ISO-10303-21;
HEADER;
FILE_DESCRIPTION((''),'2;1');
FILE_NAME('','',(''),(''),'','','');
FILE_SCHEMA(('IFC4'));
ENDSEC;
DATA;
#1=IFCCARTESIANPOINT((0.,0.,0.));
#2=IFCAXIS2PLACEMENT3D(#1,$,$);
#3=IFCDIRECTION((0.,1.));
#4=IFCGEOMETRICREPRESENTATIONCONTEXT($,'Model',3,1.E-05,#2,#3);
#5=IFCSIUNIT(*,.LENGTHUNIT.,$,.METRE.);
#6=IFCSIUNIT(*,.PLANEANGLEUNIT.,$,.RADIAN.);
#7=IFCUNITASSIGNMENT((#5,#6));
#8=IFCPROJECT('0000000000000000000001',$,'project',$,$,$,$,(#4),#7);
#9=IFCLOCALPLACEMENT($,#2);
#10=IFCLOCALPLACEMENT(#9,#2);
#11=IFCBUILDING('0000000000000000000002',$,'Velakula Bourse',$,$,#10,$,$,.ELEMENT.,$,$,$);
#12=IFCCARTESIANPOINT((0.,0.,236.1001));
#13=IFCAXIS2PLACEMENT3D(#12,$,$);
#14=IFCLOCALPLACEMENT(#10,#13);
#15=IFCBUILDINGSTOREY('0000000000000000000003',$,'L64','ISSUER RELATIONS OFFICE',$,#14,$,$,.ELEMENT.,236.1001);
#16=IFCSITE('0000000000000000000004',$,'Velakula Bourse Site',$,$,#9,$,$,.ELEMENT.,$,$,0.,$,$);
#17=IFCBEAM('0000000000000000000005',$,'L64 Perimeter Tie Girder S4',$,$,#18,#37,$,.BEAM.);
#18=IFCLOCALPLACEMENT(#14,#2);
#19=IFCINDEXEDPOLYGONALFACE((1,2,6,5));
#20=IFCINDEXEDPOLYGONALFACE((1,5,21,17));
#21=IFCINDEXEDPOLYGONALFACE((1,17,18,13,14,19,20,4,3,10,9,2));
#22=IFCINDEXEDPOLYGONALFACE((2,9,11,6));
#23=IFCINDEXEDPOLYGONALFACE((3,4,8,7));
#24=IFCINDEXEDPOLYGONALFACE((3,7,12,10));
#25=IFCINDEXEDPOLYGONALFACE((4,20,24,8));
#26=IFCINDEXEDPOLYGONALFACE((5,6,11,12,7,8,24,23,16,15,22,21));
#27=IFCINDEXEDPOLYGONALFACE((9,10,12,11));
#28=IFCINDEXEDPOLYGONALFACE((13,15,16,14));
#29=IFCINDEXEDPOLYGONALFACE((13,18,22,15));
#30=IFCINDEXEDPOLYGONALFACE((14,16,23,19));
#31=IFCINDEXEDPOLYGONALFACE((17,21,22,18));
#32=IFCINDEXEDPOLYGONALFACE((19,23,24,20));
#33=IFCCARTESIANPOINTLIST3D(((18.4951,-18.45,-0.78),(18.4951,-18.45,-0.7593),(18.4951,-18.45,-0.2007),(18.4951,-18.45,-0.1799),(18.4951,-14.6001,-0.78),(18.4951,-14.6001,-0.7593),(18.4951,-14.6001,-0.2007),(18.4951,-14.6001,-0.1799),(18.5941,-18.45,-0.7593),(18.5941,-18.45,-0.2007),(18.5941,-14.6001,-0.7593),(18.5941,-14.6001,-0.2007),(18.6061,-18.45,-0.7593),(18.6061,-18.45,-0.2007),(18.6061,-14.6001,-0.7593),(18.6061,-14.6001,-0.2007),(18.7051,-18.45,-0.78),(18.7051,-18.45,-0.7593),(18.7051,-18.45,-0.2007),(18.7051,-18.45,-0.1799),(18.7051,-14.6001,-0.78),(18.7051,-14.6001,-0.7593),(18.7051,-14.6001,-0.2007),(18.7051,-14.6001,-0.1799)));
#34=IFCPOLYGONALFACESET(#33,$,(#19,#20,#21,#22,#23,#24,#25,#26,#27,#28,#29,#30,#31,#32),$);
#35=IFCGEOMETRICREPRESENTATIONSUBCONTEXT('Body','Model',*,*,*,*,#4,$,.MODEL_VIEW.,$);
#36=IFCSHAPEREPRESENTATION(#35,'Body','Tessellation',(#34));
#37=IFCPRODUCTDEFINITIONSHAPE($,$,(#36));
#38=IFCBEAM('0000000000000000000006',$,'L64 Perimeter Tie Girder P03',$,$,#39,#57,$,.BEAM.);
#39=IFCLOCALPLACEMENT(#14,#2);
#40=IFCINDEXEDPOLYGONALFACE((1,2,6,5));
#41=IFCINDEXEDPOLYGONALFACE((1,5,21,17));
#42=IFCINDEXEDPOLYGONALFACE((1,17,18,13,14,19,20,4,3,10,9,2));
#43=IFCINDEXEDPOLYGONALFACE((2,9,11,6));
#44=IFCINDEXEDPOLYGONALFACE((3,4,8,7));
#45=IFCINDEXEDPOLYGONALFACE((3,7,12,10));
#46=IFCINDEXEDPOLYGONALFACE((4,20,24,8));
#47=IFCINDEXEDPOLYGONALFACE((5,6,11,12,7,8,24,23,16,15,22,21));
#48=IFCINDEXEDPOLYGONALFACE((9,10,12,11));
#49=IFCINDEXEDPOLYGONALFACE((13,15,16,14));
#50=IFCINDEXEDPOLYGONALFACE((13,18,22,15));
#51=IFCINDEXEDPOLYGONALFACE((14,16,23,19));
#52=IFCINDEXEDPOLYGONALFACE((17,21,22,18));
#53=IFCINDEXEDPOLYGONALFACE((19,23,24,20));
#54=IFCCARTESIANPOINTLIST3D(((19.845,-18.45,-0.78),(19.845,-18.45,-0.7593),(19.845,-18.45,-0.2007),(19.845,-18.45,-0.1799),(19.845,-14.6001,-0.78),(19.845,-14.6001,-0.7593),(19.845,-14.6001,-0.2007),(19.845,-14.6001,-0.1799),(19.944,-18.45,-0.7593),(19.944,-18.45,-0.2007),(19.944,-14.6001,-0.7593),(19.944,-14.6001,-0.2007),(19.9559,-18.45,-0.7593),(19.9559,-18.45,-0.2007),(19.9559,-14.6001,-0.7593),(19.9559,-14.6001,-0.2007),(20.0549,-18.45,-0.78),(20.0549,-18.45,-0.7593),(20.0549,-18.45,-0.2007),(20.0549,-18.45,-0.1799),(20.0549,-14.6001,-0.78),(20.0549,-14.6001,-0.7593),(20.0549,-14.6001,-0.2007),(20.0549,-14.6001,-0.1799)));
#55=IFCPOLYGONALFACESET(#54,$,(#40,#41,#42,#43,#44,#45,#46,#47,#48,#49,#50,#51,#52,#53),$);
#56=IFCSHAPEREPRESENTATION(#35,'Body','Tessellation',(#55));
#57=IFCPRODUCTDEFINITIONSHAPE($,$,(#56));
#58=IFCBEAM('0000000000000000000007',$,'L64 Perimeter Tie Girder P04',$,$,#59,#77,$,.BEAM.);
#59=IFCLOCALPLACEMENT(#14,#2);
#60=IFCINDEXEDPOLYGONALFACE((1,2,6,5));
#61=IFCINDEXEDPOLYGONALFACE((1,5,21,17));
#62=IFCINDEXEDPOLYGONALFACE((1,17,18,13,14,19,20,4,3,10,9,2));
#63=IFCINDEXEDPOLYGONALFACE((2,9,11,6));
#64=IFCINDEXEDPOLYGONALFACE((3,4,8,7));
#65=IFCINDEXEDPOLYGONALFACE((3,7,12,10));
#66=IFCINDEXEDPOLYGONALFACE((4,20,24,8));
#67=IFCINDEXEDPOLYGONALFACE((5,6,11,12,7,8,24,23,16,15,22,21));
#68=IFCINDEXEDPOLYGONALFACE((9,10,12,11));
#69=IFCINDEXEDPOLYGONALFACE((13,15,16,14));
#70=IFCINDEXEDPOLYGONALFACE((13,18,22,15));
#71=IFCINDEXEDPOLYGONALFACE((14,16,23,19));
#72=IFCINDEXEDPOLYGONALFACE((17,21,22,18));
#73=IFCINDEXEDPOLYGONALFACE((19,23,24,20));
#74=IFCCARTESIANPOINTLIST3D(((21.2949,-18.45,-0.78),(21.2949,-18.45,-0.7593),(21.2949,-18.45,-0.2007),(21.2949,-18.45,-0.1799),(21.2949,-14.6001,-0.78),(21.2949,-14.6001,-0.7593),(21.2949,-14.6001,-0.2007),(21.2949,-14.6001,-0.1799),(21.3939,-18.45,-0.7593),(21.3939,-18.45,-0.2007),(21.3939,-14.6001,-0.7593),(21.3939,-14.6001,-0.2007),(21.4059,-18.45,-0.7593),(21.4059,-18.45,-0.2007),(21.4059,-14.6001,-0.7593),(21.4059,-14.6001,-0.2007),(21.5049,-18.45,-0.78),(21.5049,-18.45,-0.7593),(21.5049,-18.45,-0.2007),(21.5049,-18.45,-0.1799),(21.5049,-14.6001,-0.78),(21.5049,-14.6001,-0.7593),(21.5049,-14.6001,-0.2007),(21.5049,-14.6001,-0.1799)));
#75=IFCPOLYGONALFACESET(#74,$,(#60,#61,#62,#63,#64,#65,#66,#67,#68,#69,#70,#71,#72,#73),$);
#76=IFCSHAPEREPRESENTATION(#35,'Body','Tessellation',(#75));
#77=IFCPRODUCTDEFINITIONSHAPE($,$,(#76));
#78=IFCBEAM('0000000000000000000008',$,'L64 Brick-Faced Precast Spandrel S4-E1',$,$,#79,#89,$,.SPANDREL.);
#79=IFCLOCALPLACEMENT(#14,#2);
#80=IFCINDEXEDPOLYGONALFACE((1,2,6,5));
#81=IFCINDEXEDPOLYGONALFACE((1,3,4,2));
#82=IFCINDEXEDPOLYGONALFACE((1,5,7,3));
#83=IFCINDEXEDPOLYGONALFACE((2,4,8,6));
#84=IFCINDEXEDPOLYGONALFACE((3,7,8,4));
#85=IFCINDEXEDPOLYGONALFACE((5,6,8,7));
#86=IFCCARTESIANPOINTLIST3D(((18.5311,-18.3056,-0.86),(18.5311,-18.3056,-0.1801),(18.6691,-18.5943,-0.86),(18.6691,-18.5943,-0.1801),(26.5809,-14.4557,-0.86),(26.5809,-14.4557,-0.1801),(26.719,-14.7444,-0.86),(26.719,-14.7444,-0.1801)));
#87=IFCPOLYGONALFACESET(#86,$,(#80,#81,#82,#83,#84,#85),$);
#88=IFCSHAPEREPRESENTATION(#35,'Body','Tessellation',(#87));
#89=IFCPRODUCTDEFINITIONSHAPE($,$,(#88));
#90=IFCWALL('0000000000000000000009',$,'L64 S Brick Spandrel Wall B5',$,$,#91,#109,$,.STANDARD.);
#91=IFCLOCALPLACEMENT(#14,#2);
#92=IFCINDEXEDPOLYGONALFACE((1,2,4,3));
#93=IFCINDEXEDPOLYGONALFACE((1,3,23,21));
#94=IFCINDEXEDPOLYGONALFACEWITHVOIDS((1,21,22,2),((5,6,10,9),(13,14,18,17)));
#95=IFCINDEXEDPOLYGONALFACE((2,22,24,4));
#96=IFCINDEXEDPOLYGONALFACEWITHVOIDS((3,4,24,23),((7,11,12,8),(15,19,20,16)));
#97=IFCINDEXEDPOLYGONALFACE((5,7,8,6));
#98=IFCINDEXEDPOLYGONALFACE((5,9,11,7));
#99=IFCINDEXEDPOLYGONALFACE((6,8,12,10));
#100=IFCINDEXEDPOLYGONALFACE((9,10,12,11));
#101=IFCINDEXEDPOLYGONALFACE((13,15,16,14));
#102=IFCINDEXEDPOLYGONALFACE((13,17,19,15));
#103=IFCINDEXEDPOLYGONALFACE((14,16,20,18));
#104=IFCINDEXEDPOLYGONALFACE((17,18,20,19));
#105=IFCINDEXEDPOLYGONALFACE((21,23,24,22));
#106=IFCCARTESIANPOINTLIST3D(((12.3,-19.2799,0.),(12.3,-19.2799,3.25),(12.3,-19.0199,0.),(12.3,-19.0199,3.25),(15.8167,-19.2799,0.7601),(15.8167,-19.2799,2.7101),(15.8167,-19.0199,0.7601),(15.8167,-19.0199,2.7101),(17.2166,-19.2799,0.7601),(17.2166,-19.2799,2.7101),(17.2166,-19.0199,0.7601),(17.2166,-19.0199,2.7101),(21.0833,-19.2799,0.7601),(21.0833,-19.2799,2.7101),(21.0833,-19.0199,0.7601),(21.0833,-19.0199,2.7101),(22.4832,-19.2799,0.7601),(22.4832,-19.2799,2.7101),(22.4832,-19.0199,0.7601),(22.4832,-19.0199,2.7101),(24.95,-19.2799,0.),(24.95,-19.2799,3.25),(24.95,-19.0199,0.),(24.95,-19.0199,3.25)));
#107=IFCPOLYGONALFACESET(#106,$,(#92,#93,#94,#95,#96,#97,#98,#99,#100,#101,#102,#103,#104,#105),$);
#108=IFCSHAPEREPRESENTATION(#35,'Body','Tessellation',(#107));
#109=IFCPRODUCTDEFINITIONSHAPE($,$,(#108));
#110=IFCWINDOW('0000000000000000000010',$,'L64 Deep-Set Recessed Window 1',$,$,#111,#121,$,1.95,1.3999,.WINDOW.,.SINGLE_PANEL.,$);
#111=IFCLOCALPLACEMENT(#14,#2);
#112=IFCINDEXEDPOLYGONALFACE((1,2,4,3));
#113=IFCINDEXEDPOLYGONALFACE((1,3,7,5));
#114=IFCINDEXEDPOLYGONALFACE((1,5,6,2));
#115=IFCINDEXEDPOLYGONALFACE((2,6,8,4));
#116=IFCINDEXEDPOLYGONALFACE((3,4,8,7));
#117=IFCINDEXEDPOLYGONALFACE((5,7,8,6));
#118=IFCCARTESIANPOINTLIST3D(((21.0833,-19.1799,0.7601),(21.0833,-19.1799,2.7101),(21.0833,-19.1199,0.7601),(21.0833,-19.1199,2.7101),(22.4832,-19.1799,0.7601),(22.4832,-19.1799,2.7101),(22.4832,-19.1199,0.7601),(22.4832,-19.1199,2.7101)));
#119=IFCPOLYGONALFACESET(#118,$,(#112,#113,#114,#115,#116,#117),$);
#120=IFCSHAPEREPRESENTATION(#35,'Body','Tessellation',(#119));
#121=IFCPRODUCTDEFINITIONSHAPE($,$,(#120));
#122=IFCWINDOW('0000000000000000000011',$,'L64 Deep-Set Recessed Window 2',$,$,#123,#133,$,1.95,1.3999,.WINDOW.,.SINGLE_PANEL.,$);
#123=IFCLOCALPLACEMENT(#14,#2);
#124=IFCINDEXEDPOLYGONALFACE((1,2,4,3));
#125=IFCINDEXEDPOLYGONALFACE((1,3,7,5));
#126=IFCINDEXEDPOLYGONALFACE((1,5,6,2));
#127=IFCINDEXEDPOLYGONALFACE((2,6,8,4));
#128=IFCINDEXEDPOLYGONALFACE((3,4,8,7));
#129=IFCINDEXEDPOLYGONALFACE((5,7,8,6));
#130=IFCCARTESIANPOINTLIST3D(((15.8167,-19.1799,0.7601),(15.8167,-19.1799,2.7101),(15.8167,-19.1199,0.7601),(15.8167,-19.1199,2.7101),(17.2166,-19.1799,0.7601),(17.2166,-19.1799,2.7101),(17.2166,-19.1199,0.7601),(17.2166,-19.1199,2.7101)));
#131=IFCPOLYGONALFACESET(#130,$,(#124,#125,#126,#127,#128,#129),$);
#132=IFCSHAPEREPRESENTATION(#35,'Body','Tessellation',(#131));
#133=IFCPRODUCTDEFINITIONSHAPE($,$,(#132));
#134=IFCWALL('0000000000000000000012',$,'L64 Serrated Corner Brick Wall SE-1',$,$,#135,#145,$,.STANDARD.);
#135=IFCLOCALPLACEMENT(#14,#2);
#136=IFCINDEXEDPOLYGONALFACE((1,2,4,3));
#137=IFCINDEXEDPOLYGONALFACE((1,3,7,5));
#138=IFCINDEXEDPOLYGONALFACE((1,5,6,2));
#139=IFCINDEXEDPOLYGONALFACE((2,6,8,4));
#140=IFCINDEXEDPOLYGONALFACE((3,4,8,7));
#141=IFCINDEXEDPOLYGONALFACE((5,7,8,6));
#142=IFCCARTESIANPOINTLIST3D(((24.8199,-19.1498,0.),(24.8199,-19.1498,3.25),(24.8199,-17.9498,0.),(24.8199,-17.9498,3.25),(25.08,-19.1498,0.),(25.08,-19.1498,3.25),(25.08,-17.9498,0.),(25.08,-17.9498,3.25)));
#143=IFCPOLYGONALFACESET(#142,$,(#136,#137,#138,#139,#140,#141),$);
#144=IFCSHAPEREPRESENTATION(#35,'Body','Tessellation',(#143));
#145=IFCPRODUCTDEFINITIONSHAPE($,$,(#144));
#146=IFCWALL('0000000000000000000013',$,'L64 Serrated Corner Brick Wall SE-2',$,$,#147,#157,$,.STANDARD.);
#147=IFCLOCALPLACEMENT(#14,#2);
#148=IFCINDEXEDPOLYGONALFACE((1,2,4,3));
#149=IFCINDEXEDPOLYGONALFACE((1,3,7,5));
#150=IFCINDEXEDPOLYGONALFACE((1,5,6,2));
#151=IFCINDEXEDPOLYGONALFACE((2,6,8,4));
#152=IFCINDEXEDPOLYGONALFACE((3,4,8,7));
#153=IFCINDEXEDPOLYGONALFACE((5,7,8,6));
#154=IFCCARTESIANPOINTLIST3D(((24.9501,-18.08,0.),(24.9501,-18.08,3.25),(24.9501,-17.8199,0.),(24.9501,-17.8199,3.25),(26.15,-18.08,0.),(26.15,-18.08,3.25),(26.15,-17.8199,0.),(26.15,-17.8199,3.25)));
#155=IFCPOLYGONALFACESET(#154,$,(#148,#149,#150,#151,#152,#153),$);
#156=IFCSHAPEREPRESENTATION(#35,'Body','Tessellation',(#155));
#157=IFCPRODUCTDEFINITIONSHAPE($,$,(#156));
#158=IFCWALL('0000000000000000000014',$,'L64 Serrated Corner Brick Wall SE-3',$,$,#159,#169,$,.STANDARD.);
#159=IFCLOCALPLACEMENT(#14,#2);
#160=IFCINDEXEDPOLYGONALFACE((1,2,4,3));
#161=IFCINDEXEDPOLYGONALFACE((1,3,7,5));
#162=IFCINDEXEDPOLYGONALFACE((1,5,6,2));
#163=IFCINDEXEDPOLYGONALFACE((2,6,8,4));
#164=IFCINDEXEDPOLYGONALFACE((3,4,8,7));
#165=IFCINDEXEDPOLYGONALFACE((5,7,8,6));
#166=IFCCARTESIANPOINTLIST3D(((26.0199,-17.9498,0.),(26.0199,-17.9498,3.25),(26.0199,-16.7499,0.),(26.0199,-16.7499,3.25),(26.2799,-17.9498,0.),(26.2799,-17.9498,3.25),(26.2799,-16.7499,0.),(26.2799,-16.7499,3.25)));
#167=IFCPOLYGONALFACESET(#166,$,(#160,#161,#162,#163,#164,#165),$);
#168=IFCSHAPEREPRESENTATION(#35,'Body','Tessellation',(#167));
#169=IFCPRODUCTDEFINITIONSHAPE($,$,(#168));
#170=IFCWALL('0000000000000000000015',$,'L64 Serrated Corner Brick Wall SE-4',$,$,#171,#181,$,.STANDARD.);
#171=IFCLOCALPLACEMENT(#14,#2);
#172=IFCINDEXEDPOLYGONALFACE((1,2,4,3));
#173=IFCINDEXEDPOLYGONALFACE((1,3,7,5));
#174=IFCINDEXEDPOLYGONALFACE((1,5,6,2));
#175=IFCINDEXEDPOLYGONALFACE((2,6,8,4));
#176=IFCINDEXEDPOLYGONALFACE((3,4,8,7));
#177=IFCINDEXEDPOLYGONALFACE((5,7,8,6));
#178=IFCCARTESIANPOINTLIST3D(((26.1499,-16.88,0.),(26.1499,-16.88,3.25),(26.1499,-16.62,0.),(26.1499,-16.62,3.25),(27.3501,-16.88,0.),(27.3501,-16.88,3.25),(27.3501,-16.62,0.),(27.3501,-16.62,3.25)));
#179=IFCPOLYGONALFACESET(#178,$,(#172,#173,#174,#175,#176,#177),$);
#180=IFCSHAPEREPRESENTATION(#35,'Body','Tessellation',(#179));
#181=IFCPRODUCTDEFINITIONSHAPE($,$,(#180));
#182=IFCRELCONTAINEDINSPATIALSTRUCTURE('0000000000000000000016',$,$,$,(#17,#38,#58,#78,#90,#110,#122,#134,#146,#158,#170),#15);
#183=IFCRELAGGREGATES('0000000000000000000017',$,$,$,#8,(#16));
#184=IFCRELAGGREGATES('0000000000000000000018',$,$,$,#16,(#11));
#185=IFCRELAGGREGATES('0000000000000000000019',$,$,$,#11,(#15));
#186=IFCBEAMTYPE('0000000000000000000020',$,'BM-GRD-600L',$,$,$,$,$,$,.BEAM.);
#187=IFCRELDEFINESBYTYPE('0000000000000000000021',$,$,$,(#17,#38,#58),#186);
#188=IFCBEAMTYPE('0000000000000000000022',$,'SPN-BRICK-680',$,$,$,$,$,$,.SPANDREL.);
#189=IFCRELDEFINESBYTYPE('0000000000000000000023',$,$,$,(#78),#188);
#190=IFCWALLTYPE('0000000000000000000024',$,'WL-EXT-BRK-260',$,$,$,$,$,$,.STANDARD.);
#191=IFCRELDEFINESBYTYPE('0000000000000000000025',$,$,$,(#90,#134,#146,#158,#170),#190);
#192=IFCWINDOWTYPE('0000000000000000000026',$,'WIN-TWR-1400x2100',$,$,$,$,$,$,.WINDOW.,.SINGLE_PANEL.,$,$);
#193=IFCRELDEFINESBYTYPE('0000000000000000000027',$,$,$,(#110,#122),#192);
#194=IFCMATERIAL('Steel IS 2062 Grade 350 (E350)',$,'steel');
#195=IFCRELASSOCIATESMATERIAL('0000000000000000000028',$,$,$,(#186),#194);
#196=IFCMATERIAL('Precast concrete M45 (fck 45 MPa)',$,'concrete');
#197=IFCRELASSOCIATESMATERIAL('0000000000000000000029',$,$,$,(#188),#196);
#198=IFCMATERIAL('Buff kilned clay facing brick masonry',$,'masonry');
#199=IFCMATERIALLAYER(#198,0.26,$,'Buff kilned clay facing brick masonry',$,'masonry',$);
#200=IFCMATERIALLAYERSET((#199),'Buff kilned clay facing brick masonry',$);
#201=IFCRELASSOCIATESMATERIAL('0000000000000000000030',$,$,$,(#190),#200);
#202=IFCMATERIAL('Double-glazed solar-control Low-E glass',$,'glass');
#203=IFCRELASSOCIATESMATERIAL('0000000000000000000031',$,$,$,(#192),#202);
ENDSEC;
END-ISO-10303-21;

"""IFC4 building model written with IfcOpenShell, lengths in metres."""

from ifc_helpers import new_model, si_unit, direction, frame, frame_2d, origin, origin_2d, place, context, subcontext, project, spatial, rectangle, i_section, extrude, material, layer, layer_set, material_profile, profile_set, type_object, element, fill, save


model = new_model("IFC4")

# Units and contexts
model_context = context("Model", 3, precision=1e-05, world=origin(), true_north=direction((0.0, 1.0)))
body_context = subcontext(model_context, "Body", "Model", "MODEL_VIEW")
ifc_project = project(units=[si_unit("LENGTHUNIT", "METRE"), si_unit("PLANEANGLEUNIT", "RADIAN")], contexts=[model_context])

# Site, building, storey
site_placement = place(None, origin())
site = spatial("IfcSite", under=ifc_project, at=site_placement, Name="Velakula Bourse Site", CompositionType="ELEMENT", RefElevation=0.0)
building_placement = place(site_placement, origin())
building = spatial("IfcBuilding", under=site, at=building_placement, Name="Velakula Bourse", CompositionType="ELEMENT")
storey_placement = place(building_placement, frame((0.0, 0.0, 236.1001)))
storey = spatial("IfcBuildingStorey", under=building, at=storey_placement, Name="L64", Description="ISSUER RELATIONS OFFICE", CompositionType="ELEMENT", Elevation=236.1001)

# Shared definitions
ifc_material_1 = material(Name="Steel IS 2062 Grade 350 (E350)", Category="steel")
ifc_material_2 = material(Name="Precast concrete M45 (fck 45 MPa)", Category="concrete")

# Beams
ifc_material_profile_1 = material_profile(ifc_material_1, i_section(OverallWidth=0.21, OverallDepth=0.6001, WebThickness=0.012, FlangeThickness=0.0208, at=origin_2d()), Name="Steel IS 2062 Grade 350 (E350)")
ifc_profile_set_1 = profile_set([ifc_material_profile_1], Name="Steel IS 2062 Grade 350 (E350)")
beam_type_1 = type_object("IfcBeamType", Name="BM-GRD-600L", PredefinedType="BEAM", material=ifc_profile_set_1)
for number, where, z_axis, x_axis, name in (
    (1, (18.6001, -14.6001, -0.48), (0.0, -1.0, 0.0), (1.0, 0.0, 0.0), "L64 Perimeter Tie Girder S4"),
    (2, (19.95, -14.6001, -0.48), (0.0, -1.0, 0.0), (1.0, 0.0, 0.0), "L64 Perimeter Tie Girder P03"),
    (3, (21.3999, -14.6001, -0.48), (0.0, -1.0, 0.0), (1.0, 0.0, 0.0), "L64 Perimeter Tie Girder P04"),
):
    element("IfcBeam", number, at=place(storey_placement, frame(where, z_axis=z_axis, x_axis=x_axis)), inside=storey, type_object=beam_type_1, Name=name, PredefinedType="BEAM", context=body_context, shape_type="SweptSolid", body=[
        extrude(i_section(OverallWidth=0.21, OverallDepth=0.6001, WebThickness=0.012, FlangeThickness=0.0208, at=origin_2d()), origin(), (0.0, 0.0, 1.0), 3.8499),
    ])
ifc_material_profile_2 = material_profile(ifc_material_2, rectangle(XDim=0.3201, YDim=0.6799, at=origin_2d()), Name="Precast concrete M45 (fck 45 MPa)")
ifc_profile_set_2 = profile_set([ifc_material_profile_2], Name="Precast concrete M45 (fck 45 MPa)")
beam_type_2 = type_object("IfcBeamType", Name="SPN-BRICK-680", PredefinedType="SPANDREL", material=ifc_profile_set_2)
beam_1_placement = place(storey_placement, frame((18.6001, -18.45, -0.52), z_axis=(0.902137, 0.431451, 0.0), x_axis=(-0.431451, 0.902137, 0.0)))
element("IfcBeam", 4, at=beam_1_placement, inside=storey, type_object=beam_type_2, Name="L64 Brick-Faced Precast Spandrel S4-E1", PredefinedType="SPANDREL", context=body_context, shape_type="SweptSolid", body=[
    extrude(rectangle(XDim=0.3201, YDim=0.6799, at=origin_2d()), origin(), (0.0, 0.0, 1.0), 8.9231),
])

# Wall, openings, windows
ifc_material_3 = material(Name="Buff kilned clay facing brick masonry", Category="masonry")
ifc_layer_1 = layer(ifc_material_3, 0.26, Name="Buff kilned clay facing brick masonry", Category="masonry")
ifc_layer_set_1 = layer_set([ifc_layer_1], Name="Buff kilned clay facing brick masonry")
wall_type_1 = type_object("IfcWallType", Name="WL-EXT-BRK-260", PredefinedType="STANDARD", material=ifc_layer_set_1)
wall_1_placement = place(storey_placement, frame((24.95, -19.1499, 0.0), z_axis=(0.0, 0.0, 1.0), x_axis=(-1.0, 0.0, 0.0)))
wall_1 = element("IfcWall", 5, at=wall_1_placement, inside=storey, type_object=wall_type_1, Name="L64 S Brick Spandrel Wall B5", PredefinedType="STANDARD", context=body_context, shape_type="SweptSolid", body=[
    extrude(rectangle(XDim=12.6499, YDim=0.26, at=frame_2d((6.325, 0.0))), origin(), (0.0, 0.0, 1.0), 3.25),
])
opening_1_placement = place(wall_1_placement, frame((2.4668, 0.0, 0.76)))
opening_1 = element("IfcOpeningElement", 6, at=opening_1_placement, cuts=wall_1, PredefinedType="OPENING", context=body_context, shape_type="SweptSolid", body=[
    extrude(rectangle(XDim=1.3999, YDim=1.95, at=frame_2d((0.7, 0.9751))), frame((0.0, 0.1399, 0.0), z_axis=(0.0, -1.0, 0.0), x_axis=(1.0, 0.0, 0.0)), (0.0, 0.0, 1.0), 0.28),
])
opening_2_placement = place(wall_1_placement, frame((7.7334, 0.0, 0.76)))
opening_2 = element("IfcOpeningElement", 7, at=opening_2_placement, cuts=wall_1, PredefinedType="OPENING", context=body_context, shape_type="SweptSolid", body=[
    extrude(rectangle(XDim=1.3999, YDim=1.95, at=frame_2d((0.7, 0.9751))), frame((0.0, 0.1399, 0.0), z_axis=(0.0, -1.0, 0.0), x_axis=(1.0, 0.0, 0.0)), (0.0, 0.0, 1.0), 0.28),
])
ifc_material_4 = material(Name="Double-glazed solar-control Low-E glass", Category="glass")
window_type = type_object("IfcWindowType", Name="WIN-TWR-1400x2100", PartitioningType="SINGLE_PANEL", PredefinedType="WINDOW", material=ifc_material_4)
window_1_placement = place(opening_1_placement, origin())
window_1 = element("IfcWindow", 8, at=window_1_placement, inside=storey, type_object=window_type, Name="L64 Deep-Set Recessed Window 1", OverallHeight=1.95, OverallWidth=1.3999, PartitioningType="SINGLE_PANEL", PredefinedType="WINDOW", context=body_context, shape_type="SweptSolid", body=[
    extrude(rectangle(XDim=1.3999, YDim=1.95, at=frame_2d((0.7, 0.9751))), frame((0.0, 0.03, 0.0), z_axis=(0.0, -1.0, 0.0), x_axis=(1.0, 0.0, 0.0)), (0.0, 0.0, 1.0), 0.0601),
])
fill(opening_1, window_1)
window_2_placement = place(opening_2_placement, origin())
window_2 = element("IfcWindow", 9, at=window_2_placement, inside=storey, type_object=window_type, Name="L64 Deep-Set Recessed Window 2", OverallHeight=1.95, OverallWidth=1.3999, PartitioningType="SINGLE_PANEL", PredefinedType="WINDOW", context=body_context, shape_type="SweptSolid", body=[
    extrude(rectangle(XDim=1.3999, YDim=1.95, at=frame_2d((0.7, 0.9751))), frame((0.0, 0.03, 0.0), z_axis=(0.0, -1.0, 0.0), x_axis=(1.0, 0.0, 0.0)), (0.0, 0.0, 1.0), 0.0601),
])
fill(opening_2, window_2)

# Walls
for number, where, z_axis, x_axis, name in (
    (10, (24.95, -19.1499, 0.0), (0.0, 0.0, 1.0), (0.0, 1.0, 0.0), "L64 Serrated Corner Brick Wall SE-1"),
    (11, (24.95, -17.95, 0.0), (0.0, 0.0, 1.0), (1.0, 0.0, 0.0), "L64 Serrated Corner Brick Wall SE-2"),
    (12, (26.1499, -17.95, 0.0), (0.0, 0.0, 1.0), (0.0, 1.0, 0.0), "L64 Serrated Corner Brick Wall SE-3"),
):
    element("IfcWall", number, at=place(storey_placement, frame(where, z_axis=z_axis, x_axis=x_axis)), inside=storey, type_object=wall_type_1, Name=name, PredefinedType="STANDARD", context=body_context, shape_type="SweptSolid", body=[
        extrude(rectangle(XDim=1.2, YDim=0.26, at=frame_2d((0.6001, 0.0))), origin(), (0.0, 0.0, 1.0), 3.25),
    ])
wall_2_placement = place(storey_placement, frame((26.1499, -16.75, 0.0), z_axis=(0.0, 0.0, 1.0), x_axis=(1.0, 0.0, 0.0)))
element("IfcWall", 13, at=wall_2_placement, inside=storey, type_object=wall_type_1, Name="L64 Serrated Corner Brick Wall SE-4", PredefinedType="STANDARD", context=body_context, shape_type="SweptSolid", body=[
    extrude(rectangle(XDim=1.2002, YDim=0.26, at=frame_2d((0.6001, 0.0))), origin(), (0.0, 0.0, 1.0), 3.25),
])

save(model, "model.ifc")
